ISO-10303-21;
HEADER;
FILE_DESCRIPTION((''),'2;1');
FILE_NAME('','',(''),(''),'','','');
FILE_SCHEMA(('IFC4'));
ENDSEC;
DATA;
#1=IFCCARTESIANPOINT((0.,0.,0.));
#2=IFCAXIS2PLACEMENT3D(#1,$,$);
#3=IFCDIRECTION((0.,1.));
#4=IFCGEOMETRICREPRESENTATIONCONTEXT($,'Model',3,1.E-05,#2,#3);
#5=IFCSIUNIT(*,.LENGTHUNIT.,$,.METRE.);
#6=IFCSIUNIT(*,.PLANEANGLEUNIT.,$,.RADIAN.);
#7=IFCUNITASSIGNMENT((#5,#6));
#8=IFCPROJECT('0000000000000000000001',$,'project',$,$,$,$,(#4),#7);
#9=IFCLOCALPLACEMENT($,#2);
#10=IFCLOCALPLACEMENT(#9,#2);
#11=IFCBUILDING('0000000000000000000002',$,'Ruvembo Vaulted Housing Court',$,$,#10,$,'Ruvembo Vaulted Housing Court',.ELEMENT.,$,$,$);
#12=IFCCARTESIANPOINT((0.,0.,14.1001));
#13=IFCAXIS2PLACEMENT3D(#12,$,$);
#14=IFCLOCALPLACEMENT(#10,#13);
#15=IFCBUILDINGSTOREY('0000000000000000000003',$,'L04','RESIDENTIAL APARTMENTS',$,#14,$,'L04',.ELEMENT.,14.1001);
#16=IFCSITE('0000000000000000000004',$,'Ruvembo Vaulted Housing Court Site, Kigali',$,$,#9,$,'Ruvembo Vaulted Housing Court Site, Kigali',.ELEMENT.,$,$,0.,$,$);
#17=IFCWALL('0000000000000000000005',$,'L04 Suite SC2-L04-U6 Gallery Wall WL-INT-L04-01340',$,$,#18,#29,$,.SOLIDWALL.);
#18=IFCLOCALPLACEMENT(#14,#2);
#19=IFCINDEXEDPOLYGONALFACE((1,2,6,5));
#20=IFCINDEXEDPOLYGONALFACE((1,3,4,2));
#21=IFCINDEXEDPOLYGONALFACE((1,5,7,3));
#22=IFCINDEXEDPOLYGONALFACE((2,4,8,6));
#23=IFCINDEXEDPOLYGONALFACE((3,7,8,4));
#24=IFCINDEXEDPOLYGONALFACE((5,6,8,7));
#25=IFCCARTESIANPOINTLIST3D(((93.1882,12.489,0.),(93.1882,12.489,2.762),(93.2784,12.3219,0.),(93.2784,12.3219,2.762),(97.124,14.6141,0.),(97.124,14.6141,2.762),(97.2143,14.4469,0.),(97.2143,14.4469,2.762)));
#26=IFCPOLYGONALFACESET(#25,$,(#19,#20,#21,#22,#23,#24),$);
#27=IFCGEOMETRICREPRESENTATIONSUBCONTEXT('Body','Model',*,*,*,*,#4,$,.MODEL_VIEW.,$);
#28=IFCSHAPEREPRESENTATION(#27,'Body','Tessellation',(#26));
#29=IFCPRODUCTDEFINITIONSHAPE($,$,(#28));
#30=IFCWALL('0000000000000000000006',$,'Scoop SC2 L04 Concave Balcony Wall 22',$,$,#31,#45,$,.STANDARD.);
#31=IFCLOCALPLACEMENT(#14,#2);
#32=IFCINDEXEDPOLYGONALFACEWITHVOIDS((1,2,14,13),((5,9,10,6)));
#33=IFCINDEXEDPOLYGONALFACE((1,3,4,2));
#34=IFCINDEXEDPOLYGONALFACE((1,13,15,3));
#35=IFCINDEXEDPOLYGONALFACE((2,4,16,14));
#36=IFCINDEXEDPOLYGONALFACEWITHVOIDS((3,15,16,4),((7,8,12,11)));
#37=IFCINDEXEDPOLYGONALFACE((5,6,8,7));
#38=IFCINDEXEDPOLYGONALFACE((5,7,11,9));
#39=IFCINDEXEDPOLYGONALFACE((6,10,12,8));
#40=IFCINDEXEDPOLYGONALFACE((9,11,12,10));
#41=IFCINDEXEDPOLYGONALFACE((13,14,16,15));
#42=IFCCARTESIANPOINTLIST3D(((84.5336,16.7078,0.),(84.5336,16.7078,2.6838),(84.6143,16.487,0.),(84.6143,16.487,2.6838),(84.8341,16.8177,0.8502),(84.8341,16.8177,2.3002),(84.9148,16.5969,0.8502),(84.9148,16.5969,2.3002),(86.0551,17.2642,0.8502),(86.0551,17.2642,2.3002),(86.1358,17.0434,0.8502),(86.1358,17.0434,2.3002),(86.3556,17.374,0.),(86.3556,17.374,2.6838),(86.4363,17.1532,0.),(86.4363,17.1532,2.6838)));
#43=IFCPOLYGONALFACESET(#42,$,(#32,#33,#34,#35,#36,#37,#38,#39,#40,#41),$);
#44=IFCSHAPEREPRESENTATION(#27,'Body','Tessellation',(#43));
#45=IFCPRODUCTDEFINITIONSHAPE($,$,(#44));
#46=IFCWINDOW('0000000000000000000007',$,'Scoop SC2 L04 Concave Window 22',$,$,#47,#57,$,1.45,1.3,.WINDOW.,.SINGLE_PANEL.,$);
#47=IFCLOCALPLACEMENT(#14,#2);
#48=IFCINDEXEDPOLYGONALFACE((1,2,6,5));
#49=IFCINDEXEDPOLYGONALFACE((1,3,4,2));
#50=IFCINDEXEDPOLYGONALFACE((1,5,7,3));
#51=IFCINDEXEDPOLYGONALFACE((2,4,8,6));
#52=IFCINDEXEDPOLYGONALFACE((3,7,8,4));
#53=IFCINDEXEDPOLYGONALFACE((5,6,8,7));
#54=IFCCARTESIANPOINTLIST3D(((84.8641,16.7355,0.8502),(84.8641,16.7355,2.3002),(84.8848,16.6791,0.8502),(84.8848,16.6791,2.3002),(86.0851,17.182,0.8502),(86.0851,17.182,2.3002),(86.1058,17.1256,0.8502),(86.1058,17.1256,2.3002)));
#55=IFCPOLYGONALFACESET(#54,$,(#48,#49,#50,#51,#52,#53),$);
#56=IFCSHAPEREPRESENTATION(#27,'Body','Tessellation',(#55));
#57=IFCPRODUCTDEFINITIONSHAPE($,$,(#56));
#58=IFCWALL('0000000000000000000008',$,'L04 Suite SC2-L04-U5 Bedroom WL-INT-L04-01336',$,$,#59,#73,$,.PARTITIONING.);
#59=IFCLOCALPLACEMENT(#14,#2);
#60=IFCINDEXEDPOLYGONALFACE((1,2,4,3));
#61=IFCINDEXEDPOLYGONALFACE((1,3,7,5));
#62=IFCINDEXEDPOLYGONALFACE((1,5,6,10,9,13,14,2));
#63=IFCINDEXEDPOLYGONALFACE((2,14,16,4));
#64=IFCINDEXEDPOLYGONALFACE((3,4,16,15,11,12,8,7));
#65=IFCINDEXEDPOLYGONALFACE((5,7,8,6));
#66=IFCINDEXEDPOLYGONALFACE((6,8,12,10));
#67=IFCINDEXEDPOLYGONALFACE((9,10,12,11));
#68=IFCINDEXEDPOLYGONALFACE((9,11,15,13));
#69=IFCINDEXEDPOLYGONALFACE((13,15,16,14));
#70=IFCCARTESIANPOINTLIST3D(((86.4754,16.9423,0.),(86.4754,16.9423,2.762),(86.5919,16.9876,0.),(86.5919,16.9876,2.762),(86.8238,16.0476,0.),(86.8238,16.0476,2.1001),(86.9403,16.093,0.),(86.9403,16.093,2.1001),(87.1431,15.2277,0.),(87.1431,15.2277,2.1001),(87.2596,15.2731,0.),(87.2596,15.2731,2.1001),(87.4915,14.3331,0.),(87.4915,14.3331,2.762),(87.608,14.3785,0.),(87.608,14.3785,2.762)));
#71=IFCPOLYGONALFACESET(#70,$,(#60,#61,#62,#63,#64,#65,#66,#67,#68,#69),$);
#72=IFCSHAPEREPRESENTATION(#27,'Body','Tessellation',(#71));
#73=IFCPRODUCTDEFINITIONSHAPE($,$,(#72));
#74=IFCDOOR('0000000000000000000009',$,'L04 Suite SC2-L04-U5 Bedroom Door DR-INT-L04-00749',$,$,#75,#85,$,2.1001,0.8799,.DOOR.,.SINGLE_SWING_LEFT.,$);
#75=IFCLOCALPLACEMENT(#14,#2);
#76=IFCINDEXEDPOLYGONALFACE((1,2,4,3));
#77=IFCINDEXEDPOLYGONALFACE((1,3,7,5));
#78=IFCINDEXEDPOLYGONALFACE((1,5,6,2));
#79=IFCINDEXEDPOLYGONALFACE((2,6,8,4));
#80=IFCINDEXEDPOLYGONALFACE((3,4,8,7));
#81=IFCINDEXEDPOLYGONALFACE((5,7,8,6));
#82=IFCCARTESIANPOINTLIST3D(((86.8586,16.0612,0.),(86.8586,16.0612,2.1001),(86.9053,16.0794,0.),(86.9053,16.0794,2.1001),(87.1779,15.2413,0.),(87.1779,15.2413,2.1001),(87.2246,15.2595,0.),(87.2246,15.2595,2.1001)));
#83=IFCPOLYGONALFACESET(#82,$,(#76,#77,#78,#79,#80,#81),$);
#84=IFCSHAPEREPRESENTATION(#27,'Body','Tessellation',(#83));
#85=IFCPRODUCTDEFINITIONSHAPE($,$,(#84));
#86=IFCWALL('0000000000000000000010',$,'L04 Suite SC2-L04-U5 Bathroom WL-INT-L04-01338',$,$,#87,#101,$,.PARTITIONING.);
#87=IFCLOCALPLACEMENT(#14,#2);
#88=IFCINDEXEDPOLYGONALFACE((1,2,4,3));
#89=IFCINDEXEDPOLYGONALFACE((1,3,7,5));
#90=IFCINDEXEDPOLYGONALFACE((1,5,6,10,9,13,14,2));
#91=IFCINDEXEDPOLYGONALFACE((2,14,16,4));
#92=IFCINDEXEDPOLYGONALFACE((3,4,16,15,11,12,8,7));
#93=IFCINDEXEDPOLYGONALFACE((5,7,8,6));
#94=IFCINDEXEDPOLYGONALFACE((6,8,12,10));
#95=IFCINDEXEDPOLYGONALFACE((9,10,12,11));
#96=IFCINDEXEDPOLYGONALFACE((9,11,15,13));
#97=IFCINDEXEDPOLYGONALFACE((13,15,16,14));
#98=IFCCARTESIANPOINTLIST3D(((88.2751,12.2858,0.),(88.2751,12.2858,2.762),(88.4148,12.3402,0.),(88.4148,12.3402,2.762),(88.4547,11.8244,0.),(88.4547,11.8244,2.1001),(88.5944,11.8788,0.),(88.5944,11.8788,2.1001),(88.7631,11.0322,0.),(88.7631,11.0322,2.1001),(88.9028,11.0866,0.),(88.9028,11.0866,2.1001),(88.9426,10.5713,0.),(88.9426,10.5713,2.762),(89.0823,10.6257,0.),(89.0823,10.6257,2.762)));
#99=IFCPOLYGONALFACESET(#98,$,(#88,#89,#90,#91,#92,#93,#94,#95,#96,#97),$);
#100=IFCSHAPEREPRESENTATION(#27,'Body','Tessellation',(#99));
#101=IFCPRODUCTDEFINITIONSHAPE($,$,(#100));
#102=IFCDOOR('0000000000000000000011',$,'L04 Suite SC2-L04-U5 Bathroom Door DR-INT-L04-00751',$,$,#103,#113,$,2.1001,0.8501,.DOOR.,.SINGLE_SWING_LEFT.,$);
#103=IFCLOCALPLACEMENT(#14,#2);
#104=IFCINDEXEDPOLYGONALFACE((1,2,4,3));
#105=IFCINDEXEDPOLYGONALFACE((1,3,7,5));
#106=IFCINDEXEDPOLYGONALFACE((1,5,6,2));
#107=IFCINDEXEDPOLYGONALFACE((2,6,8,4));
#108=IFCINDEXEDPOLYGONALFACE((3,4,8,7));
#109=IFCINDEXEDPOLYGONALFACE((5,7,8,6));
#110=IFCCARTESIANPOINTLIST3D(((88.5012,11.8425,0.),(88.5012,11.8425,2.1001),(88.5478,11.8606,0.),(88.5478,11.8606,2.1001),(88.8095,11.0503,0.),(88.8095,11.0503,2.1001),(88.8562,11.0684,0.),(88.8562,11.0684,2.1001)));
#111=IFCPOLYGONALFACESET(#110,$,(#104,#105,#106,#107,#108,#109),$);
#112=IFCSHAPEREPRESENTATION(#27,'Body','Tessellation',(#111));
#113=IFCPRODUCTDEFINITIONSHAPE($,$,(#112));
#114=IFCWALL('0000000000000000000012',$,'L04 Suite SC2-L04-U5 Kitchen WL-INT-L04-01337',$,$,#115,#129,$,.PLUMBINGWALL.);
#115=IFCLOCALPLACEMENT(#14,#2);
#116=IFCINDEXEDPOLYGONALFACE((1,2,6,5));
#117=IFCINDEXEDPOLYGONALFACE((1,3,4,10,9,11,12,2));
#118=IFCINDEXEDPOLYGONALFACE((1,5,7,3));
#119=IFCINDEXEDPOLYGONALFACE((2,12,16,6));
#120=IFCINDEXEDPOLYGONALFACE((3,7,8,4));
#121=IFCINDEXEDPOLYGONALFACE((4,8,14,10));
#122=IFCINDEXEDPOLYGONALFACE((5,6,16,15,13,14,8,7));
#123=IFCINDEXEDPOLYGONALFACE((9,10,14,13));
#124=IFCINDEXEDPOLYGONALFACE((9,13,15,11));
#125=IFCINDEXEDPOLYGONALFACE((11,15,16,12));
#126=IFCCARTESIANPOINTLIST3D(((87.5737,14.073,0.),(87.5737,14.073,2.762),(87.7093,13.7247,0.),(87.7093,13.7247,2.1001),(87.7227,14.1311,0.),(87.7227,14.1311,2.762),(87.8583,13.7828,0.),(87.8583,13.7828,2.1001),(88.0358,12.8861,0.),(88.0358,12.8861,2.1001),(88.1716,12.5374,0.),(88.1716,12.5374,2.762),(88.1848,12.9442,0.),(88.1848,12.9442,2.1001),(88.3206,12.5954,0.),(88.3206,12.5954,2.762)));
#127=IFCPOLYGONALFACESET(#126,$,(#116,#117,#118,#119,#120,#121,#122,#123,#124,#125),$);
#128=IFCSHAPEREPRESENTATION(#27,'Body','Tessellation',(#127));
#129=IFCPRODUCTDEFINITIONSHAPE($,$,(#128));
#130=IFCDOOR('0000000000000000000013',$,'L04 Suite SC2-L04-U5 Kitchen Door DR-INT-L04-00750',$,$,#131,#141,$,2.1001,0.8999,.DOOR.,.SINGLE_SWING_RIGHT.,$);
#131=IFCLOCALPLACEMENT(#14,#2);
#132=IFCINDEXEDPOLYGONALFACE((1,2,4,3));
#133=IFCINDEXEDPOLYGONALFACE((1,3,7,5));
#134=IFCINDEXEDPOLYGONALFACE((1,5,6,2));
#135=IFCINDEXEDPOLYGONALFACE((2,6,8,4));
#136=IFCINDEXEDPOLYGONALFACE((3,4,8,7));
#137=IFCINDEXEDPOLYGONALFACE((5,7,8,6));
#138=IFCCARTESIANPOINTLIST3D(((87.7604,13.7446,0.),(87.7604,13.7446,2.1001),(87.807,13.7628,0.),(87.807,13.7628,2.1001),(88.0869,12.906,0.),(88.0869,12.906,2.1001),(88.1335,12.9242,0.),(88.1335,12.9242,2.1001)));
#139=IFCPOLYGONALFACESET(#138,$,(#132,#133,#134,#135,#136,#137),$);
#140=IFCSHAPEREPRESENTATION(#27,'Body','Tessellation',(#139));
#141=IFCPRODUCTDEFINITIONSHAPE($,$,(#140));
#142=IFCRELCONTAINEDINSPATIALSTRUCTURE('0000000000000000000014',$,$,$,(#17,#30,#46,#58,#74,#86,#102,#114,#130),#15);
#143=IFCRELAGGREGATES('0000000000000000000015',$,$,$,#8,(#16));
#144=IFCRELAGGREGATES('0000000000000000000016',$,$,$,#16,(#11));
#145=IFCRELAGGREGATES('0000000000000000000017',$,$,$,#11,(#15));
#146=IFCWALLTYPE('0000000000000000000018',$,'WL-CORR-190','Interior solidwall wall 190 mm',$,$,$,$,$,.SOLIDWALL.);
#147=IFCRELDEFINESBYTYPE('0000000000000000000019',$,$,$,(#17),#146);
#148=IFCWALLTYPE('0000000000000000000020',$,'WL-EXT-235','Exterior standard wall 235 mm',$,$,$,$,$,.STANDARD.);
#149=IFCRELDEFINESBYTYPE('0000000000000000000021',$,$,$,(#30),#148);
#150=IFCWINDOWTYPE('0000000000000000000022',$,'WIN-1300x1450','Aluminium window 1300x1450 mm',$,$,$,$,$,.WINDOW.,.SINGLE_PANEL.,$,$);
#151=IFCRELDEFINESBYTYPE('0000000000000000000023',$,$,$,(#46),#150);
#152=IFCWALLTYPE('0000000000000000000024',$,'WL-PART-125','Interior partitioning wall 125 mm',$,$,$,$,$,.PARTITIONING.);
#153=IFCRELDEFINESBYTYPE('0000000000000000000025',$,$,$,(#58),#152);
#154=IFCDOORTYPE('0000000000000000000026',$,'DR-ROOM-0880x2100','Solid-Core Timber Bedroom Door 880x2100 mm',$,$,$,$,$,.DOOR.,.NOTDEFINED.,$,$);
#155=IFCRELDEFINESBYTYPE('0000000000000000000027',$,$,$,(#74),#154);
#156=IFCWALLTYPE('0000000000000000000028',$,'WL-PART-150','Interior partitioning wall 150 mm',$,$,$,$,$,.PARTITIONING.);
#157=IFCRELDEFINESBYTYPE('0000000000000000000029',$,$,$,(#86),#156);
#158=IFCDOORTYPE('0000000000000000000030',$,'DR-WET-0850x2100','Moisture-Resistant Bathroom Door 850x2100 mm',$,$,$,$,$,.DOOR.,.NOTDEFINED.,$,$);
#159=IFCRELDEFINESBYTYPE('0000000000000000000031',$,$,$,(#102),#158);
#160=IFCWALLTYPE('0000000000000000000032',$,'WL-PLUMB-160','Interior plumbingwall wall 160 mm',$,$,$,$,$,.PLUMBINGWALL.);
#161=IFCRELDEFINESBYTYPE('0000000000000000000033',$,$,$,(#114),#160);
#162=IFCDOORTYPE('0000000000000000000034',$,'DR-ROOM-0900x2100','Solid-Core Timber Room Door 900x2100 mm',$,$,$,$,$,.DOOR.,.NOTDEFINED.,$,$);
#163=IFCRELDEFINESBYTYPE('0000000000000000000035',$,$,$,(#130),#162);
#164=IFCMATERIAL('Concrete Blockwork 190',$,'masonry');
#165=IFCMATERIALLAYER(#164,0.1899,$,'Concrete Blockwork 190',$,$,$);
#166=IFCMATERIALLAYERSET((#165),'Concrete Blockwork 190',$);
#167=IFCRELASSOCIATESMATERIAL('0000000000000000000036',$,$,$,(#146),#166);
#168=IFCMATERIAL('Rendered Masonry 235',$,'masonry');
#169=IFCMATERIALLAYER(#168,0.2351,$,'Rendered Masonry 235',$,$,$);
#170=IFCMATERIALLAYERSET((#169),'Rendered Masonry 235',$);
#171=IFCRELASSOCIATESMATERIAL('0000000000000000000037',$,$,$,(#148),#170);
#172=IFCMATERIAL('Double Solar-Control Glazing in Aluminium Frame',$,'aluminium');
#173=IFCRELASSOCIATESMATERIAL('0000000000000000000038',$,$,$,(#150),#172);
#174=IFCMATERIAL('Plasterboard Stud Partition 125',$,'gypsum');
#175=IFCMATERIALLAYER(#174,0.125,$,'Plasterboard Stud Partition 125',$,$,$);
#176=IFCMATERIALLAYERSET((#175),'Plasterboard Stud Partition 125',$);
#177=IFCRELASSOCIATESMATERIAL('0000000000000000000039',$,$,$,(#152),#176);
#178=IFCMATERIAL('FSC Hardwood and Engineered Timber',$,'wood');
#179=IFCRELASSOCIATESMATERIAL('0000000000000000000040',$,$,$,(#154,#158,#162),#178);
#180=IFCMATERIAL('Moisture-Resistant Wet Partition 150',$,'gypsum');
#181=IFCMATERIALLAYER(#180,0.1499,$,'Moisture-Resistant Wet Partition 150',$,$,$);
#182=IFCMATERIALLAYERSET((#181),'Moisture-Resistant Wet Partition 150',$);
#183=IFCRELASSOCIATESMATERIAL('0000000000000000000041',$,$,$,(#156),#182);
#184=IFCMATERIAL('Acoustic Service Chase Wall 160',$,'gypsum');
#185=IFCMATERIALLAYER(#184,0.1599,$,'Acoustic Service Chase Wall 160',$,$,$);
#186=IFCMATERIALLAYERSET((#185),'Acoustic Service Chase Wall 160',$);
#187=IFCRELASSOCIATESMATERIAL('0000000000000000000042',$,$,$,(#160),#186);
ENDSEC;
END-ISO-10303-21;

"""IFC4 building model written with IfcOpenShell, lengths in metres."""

from ifc_helpers import new_model, si_unit, direction, frame, frame_2d, origin, place, context, subcontext, project, spatial, rectangle, extrude, material, layer, layer_set, type_object, element, fill, save


model = new_model("IFC4")

# Units and contexts
model_context = context("Model", 3, precision=1e-05, world=origin(), true_north=direction((0.0, 1.0)))
body_context = subcontext(model_context, "Body", "Model", "MODEL_VIEW")
ifc_project = project(units=[si_unit("LENGTHUNIT", "METRE"), si_unit("PLANEANGLEUNIT", "RADIAN")], contexts=[model_context])

# Site, building, storey
site_placement = place(None, origin())
site = spatial("IfcSite", under=ifc_project, at=site_placement, Name="Ruvembo Vaulted Housing Court Site, Kigali", LongName="Ruvembo Vaulted Housing Court Site, Kigali", CompositionType="ELEMENT", RefElevation=0.0)
building_placement = place(site_placement, origin())
building = spatial("IfcBuilding", under=site, at=building_placement, Name="Ruvembo Vaulted Housing Court", LongName="Ruvembo Vaulted Housing Court", CompositionType="ELEMENT")
storey_placement = place(building_placement, frame((0.0, 0.0, 14.1001)))
storey = spatial("IfcBuildingStorey", under=building, at=storey_placement, Name="L04", Description="RESIDENTIAL APARTMENTS", LongName="L04", CompositionType="ELEMENT", Elevation=14.1001)

# Shared definitions
ifc_material_1 = material(Name="Concrete Blockwork 190", Category="masonry")
ifc_layer_1 = layer(ifc_material_1, 0.1899, Name="Concrete Blockwork 190")
ifc_layer_set_1 = layer_set([ifc_layer_1], Name="Concrete Blockwork 190")
wall_type_1 = type_object("IfcWallType", Name="WL-CORR-190", Description="Interior solidwall wall 190 mm", PredefinedType="SOLIDWALL", material=ifc_layer_set_1)
ifc_material_2 = material(Name="FSC Hardwood and Engineered Timber", Category="wood")

# Wall
wall_1_placement = place(storey_placement, frame((93.2334, 12.4055, 0.0), z_axis=(0.0, 0.0, 1.0), x_axis=(0.879936, 0.475092, 0.0)))
element("IfcWall", 1, at=wall_1_placement, inside=storey, type_object=wall_type_1, Name="L04 Suite SC2-L04-U6 Gallery Wall WL-INT-L04-01340", PredefinedType="SOLIDWALL", context=body_context, shape_type="SweptSolid", body=[
    extrude(rectangle(XDim=4.4729, YDim=0.1899, at=frame_2d((2.2363, 0.0))), origin(), (0.0, 0.0, 1.0), 2.762),
])

# Wall, opening, window
ifc_material_3 = material(Name="Rendered Masonry 235", Category="masonry")
ifc_layer_2 = layer(ifc_material_3, 0.2351, Name="Rendered Masonry 235")
ifc_layer_set_2 = layer_set([ifc_layer_2], Name="Rendered Masonry 235")
wall_type_2 = type_object("IfcWallType", Name="WL-EXT-235", Description="Exterior standard wall 235 mm", PredefinedType="STANDARD", material=ifc_layer_set_2)
wall_2_placement = place(storey_placement, frame((84.574, 16.5974, 0.0), z_axis=(0.0, 0.0, 1.0), x_axis=(0.939178, 0.34343, 0.0)))
wall_2 = element("IfcWall", 2, at=wall_2_placement, inside=storey, type_object=wall_type_2, Name="Scoop SC2 L04 Concave Balcony Wall 22", PredefinedType="STANDARD", context=body_context, shape_type="SweptSolid", body=[
    extrude(rectangle(XDim=1.9399, YDim=0.2351, at=frame_2d((0.97, 0.0))), origin(), (0.0, 0.0, 1.0), 2.6838),
])
opening_1_placement = place(wall_2_placement, frame((0.3201, 0.0, 0.8501)))
opening_1 = element("IfcOpeningElement", 3, at=opening_1_placement, cuts=wall_2, PredefinedType="OPENING", context=body_context, shape_type="SweptSolid", body=[
    extrude(rectangle(XDim=1.3, YDim=1.45, at=frame_2d((0.6499, 0.7251))), frame((0.0, 0.1274, 0.0), z_axis=(0.0, -1.0, 0.0), x_axis=(1.0, 0.0, 0.0)), (0.0, 0.0, 1.0), 0.2551),
])
ifc_material_4 = material(Name="Double Solar-Control Glazing in Aluminium Frame", Category="aluminium")
window_type = type_object("IfcWindowType", Name="WIN-1300x1450", Description="Aluminium window 1300x1450 mm", PartitioningType="SINGLE_PANEL", PredefinedType="WINDOW", material=ifc_material_4)
window_placement = place(opening_1_placement, origin())
window = element("IfcWindow", 4, at=window_placement, inside=storey, type_object=window_type, Name="Scoop SC2 L04 Concave Window 22", OverallHeight=1.45, OverallWidth=1.3, PartitioningType="SINGLE_PANEL", PredefinedType="WINDOW", context=body_context, shape_type="SweptSolid", body=[
    extrude(rectangle(XDim=1.3, YDim=1.45, at=frame_2d((0.6499, 0.7251))), frame((0.0, 0.03, 0.0), z_axis=(0.0, -1.0, 0.0), x_axis=(1.0, 0.0, 0.0)), (0.0, 0.0, 1.0), 0.0601),
])
fill(opening_1, window)

# Walls, openings, doors
ifc_material_5 = material(Name="Plasterboard Stud Partition 125", Category="gypsum")
ifc_layer_3 = layer(ifc_material_5, 0.125, Name="Plasterboard Stud Partition 125")
ifc_layer_set_3 = layer_set([ifc_layer_3], Name="Plasterboard Stud Partition 125")
wall_type_3 = type_object("IfcWallType", Name="WL-PART-125", Description="Interior partitioning wall 125 mm", PredefinedType="PARTITIONING", material=ifc_layer_set_3)
wall_3_placement = place(storey_placement, frame((86.5337, 16.9648, 0.0), z_axis=(0.0, 0.0, 1.0), x_axis=(0.362896, -0.931829, 0.0)))
wall_3 = element("IfcWall", 5, at=wall_3_placement, inside=storey, type_object=wall_type_3, Name="L04 Suite SC2-L04-U5 Bedroom WL-INT-L04-01336", PredefinedType="PARTITIONING", context=body_context, shape_type="SweptSolid", body=[
    extrude(rectangle(XDim=2.8, YDim=0.125, at=frame_2d((1.3999, 0.0))), origin(), (0.0, 0.0, 1.0), 2.762),
])
opening_2_placement = place(wall_3_placement, frame((0.96, 0.0, 0.0)))
opening_2 = element("IfcOpeningElement", 6, at=opening_2_placement, cuts=wall_3, PredefinedType="OPENING", context=body_context, shape_type="SweptSolid", body=[
    extrude(rectangle(XDim=0.8799, YDim=2.1001, at=frame_2d((0.4399, 1.05))), frame((0.0, 0.0725, 0.0), z_axis=(0.0, -1.0, 0.0), x_axis=(1.0, 0.0, 0.0)), (0.0, 0.0, 1.0), 0.145),
])
door_type_1 = type_object("IfcDoorType", Name="DR-ROOM-0880x2100", Description="Solid-Core Timber Bedroom Door 880x2100 mm", OperationType="NOTDEFINED", PredefinedType="DOOR", material=ifc_material_2)
door_1_placement = place(opening_2_placement, origin())
door_1 = element("IfcDoor", 7, at=door_1_placement, inside=storey, type_object=door_type_1, Name="L04 Suite SC2-L04-U5 Bedroom Door DR-INT-L04-00749", OperationType="SINGLE_SWING_LEFT", OverallHeight=2.1001, OverallWidth=0.8799, PredefinedType="DOOR", context=body_context, shape_type="SweptSolid", body=[
    extrude(rectangle(XDim=0.8799, YDim=2.1001, at=frame_2d((0.4399, 1.05))), frame((0.0, 0.0249, 0.0), z_axis=(0.0, -1.0, 0.0), x_axis=(1.0, 0.0, 0.0)), (0.0, 0.0, 1.0), 0.05),
])
fill(opening_2, door_1)
ifc_material_6 = material(Name="Moisture-Resistant Wet Partition 150", Category="gypsum")
ifc_layer_4 = layer(ifc_material_6, 0.1499, Name="Moisture-Resistant Wet Partition 150")
ifc_layer_set_4 = layer_set([ifc_layer_4], Name="Moisture-Resistant Wet Partition 150")
wall_type_4 = type_object("IfcWallType", Name="WL-PART-150", Description="Interior partitioning wall 150 mm", PredefinedType="PARTITIONING", material=ifc_layer_set_4)
wall_4_placement = place(storey_placement, frame((88.345, 12.313, 0.0), z_axis=(0.0, 0.0, 1.0), x_axis=(0.362773, -0.931878, 0.0)))
wall_4 = element("IfcWall", 8, at=wall_4_placement, inside=storey, type_object=wall_type_4, Name="L04 Suite SC2-L04-U5 Bathroom WL-INT-L04-01338", PredefinedType="PARTITIONING", context=body_context, shape_type="SweptSolid", body=[
    extrude(rectangle(XDim=1.8398, YDim=0.1499, at=frame_2d((0.9199, 0.0))), origin(), (0.0, 0.0, 1.0), 2.762),
])
opening_3_placement = place(wall_4_placement, frame((0.4951, 0.0, 0.0)))
opening_3 = element("IfcOpeningElement", 9, at=opening_3_placement, cuts=wall_4, PredefinedType="OPENING", context=body_context, shape_type="SweptSolid", body=[
    extrude(rectangle(XDim=0.8501, YDim=2.1001, at=frame_2d((0.425, 1.05))), frame((0.0, 0.085, 0.0), z_axis=(0.0, -1.0, 0.0), x_axis=(1.0, 0.0, 0.0)), (0.0, 0.0, 1.0), 0.1699),
])
door_type_2 = type_object("IfcDoorType", Name="DR-WET-0850x2100", Description="Moisture-Resistant Bathroom Door 850x2100 mm", OperationType="NOTDEFINED", PredefinedType="DOOR", material=ifc_material_2)
door_2_placement = place(opening_3_placement, origin())
door_2 = element("IfcDoor", 10, at=door_2_placement, inside=storey, type_object=door_type_2, Name="L04 Suite SC2-L04-U5 Bathroom Door DR-INT-L04-00751", OperationType="SINGLE_SWING_LEFT", OverallHeight=2.1001, OverallWidth=0.8501, PredefinedType="DOOR", context=body_context, shape_type="SweptSolid", body=[
    extrude(rectangle(XDim=0.8501, YDim=2.1001, at=frame_2d((0.425, 1.05))), frame((0.0, 0.0249, 0.0), z_axis=(0.0, -1.0, 0.0), x_axis=(1.0, 0.0, 0.0)), (0.0, 0.0, 1.0), 0.05),
])
fill(opening_3, door_2)
ifc_material_7 = material(Name="Acoustic Service Chase Wall 160", Category="gypsum")
ifc_layer_5 = layer(ifc_material_7, 0.1599, Name="Acoustic Service Chase Wall 160")
ifc_layer_set_5 = layer_set([ifc_layer_5], Name="Acoustic Service Chase Wall 160")
wall_type_5 = type_object("IfcWallType", Name="WL-PLUMB-160", Description="Interior plumbingwall wall 160 mm", PredefinedType="PLUMBINGWALL", material=ifc_layer_set_5)
wall_5_placement = place(storey_placement, frame((87.6482, 14.1021, 0.0), z_axis=(0.0, 0.0, 1.0), x_axis=(0.362818, -0.93186, 0.0)))
wall_5 = element("IfcWall", 11, at=wall_5_placement, inside=storey, type_object=wall_type_5, Name="L04 Suite SC2-L04-U5 Kitchen WL-INT-L04-01337", PredefinedType="PLUMBINGWALL", context=body_context, shape_type="SweptSolid", body=[
    extrude(rectangle(XDim=1.6479, YDim=0.1599, at=frame_2d((0.824, 0.0))), origin(), (0.0, 0.0, 1.0), 2.762),
])
opening_4_placement = place(wall_5_placement, frame((0.3738, 0.0, 0.0)))
opening_4 = element("IfcOpeningElement", 12, at=opening_4_placement, cuts=wall_5, PredefinedType="OPENING", context=body_context, shape_type="SweptSolid", body=[
    extrude(rectangle(XDim=0.8999, YDim=2.1001, at=frame_2d((0.45, 1.05))), frame((0.0, 0.0898, 0.0), z_axis=(0.0, -1.0, 0.0), x_axis=(1.0, 0.0, 0.0)), (0.0, 0.0, 1.0), 0.1799),
])
door_type_3 = type_object("IfcDoorType", Name="DR-ROOM-0900x2100", Description="Solid-Core Timber Room Door 900x2100 mm", OperationType="NOTDEFINED", PredefinedType="DOOR", material=ifc_material_2)
door_3_placement = place(opening_4_placement, origin())
door_3 = element("IfcDoor", 13, at=door_3_placement, inside=storey, type_object=door_type_3, Name="L04 Suite SC2-L04-U5 Kitchen Door DR-INT-L04-00750", OperationType="SINGLE_SWING_RIGHT", OverallHeight=2.1001, OverallWidth=0.8999, PredefinedType="DOOR", context=body_context, shape_type="SweptSolid", body=[
    extrude(rectangle(XDim=0.8999, YDim=2.1001, at=frame_2d((0.45, 1.05))), frame((0.0, 0.0249, 0.0), z_axis=(0.0, -1.0, 0.0), x_axis=(1.0, 0.0, 0.0)), (0.0, 0.0, 1.0), 0.05),
])
fill(opening_4, door_3)

save(model, "model.ifc")
